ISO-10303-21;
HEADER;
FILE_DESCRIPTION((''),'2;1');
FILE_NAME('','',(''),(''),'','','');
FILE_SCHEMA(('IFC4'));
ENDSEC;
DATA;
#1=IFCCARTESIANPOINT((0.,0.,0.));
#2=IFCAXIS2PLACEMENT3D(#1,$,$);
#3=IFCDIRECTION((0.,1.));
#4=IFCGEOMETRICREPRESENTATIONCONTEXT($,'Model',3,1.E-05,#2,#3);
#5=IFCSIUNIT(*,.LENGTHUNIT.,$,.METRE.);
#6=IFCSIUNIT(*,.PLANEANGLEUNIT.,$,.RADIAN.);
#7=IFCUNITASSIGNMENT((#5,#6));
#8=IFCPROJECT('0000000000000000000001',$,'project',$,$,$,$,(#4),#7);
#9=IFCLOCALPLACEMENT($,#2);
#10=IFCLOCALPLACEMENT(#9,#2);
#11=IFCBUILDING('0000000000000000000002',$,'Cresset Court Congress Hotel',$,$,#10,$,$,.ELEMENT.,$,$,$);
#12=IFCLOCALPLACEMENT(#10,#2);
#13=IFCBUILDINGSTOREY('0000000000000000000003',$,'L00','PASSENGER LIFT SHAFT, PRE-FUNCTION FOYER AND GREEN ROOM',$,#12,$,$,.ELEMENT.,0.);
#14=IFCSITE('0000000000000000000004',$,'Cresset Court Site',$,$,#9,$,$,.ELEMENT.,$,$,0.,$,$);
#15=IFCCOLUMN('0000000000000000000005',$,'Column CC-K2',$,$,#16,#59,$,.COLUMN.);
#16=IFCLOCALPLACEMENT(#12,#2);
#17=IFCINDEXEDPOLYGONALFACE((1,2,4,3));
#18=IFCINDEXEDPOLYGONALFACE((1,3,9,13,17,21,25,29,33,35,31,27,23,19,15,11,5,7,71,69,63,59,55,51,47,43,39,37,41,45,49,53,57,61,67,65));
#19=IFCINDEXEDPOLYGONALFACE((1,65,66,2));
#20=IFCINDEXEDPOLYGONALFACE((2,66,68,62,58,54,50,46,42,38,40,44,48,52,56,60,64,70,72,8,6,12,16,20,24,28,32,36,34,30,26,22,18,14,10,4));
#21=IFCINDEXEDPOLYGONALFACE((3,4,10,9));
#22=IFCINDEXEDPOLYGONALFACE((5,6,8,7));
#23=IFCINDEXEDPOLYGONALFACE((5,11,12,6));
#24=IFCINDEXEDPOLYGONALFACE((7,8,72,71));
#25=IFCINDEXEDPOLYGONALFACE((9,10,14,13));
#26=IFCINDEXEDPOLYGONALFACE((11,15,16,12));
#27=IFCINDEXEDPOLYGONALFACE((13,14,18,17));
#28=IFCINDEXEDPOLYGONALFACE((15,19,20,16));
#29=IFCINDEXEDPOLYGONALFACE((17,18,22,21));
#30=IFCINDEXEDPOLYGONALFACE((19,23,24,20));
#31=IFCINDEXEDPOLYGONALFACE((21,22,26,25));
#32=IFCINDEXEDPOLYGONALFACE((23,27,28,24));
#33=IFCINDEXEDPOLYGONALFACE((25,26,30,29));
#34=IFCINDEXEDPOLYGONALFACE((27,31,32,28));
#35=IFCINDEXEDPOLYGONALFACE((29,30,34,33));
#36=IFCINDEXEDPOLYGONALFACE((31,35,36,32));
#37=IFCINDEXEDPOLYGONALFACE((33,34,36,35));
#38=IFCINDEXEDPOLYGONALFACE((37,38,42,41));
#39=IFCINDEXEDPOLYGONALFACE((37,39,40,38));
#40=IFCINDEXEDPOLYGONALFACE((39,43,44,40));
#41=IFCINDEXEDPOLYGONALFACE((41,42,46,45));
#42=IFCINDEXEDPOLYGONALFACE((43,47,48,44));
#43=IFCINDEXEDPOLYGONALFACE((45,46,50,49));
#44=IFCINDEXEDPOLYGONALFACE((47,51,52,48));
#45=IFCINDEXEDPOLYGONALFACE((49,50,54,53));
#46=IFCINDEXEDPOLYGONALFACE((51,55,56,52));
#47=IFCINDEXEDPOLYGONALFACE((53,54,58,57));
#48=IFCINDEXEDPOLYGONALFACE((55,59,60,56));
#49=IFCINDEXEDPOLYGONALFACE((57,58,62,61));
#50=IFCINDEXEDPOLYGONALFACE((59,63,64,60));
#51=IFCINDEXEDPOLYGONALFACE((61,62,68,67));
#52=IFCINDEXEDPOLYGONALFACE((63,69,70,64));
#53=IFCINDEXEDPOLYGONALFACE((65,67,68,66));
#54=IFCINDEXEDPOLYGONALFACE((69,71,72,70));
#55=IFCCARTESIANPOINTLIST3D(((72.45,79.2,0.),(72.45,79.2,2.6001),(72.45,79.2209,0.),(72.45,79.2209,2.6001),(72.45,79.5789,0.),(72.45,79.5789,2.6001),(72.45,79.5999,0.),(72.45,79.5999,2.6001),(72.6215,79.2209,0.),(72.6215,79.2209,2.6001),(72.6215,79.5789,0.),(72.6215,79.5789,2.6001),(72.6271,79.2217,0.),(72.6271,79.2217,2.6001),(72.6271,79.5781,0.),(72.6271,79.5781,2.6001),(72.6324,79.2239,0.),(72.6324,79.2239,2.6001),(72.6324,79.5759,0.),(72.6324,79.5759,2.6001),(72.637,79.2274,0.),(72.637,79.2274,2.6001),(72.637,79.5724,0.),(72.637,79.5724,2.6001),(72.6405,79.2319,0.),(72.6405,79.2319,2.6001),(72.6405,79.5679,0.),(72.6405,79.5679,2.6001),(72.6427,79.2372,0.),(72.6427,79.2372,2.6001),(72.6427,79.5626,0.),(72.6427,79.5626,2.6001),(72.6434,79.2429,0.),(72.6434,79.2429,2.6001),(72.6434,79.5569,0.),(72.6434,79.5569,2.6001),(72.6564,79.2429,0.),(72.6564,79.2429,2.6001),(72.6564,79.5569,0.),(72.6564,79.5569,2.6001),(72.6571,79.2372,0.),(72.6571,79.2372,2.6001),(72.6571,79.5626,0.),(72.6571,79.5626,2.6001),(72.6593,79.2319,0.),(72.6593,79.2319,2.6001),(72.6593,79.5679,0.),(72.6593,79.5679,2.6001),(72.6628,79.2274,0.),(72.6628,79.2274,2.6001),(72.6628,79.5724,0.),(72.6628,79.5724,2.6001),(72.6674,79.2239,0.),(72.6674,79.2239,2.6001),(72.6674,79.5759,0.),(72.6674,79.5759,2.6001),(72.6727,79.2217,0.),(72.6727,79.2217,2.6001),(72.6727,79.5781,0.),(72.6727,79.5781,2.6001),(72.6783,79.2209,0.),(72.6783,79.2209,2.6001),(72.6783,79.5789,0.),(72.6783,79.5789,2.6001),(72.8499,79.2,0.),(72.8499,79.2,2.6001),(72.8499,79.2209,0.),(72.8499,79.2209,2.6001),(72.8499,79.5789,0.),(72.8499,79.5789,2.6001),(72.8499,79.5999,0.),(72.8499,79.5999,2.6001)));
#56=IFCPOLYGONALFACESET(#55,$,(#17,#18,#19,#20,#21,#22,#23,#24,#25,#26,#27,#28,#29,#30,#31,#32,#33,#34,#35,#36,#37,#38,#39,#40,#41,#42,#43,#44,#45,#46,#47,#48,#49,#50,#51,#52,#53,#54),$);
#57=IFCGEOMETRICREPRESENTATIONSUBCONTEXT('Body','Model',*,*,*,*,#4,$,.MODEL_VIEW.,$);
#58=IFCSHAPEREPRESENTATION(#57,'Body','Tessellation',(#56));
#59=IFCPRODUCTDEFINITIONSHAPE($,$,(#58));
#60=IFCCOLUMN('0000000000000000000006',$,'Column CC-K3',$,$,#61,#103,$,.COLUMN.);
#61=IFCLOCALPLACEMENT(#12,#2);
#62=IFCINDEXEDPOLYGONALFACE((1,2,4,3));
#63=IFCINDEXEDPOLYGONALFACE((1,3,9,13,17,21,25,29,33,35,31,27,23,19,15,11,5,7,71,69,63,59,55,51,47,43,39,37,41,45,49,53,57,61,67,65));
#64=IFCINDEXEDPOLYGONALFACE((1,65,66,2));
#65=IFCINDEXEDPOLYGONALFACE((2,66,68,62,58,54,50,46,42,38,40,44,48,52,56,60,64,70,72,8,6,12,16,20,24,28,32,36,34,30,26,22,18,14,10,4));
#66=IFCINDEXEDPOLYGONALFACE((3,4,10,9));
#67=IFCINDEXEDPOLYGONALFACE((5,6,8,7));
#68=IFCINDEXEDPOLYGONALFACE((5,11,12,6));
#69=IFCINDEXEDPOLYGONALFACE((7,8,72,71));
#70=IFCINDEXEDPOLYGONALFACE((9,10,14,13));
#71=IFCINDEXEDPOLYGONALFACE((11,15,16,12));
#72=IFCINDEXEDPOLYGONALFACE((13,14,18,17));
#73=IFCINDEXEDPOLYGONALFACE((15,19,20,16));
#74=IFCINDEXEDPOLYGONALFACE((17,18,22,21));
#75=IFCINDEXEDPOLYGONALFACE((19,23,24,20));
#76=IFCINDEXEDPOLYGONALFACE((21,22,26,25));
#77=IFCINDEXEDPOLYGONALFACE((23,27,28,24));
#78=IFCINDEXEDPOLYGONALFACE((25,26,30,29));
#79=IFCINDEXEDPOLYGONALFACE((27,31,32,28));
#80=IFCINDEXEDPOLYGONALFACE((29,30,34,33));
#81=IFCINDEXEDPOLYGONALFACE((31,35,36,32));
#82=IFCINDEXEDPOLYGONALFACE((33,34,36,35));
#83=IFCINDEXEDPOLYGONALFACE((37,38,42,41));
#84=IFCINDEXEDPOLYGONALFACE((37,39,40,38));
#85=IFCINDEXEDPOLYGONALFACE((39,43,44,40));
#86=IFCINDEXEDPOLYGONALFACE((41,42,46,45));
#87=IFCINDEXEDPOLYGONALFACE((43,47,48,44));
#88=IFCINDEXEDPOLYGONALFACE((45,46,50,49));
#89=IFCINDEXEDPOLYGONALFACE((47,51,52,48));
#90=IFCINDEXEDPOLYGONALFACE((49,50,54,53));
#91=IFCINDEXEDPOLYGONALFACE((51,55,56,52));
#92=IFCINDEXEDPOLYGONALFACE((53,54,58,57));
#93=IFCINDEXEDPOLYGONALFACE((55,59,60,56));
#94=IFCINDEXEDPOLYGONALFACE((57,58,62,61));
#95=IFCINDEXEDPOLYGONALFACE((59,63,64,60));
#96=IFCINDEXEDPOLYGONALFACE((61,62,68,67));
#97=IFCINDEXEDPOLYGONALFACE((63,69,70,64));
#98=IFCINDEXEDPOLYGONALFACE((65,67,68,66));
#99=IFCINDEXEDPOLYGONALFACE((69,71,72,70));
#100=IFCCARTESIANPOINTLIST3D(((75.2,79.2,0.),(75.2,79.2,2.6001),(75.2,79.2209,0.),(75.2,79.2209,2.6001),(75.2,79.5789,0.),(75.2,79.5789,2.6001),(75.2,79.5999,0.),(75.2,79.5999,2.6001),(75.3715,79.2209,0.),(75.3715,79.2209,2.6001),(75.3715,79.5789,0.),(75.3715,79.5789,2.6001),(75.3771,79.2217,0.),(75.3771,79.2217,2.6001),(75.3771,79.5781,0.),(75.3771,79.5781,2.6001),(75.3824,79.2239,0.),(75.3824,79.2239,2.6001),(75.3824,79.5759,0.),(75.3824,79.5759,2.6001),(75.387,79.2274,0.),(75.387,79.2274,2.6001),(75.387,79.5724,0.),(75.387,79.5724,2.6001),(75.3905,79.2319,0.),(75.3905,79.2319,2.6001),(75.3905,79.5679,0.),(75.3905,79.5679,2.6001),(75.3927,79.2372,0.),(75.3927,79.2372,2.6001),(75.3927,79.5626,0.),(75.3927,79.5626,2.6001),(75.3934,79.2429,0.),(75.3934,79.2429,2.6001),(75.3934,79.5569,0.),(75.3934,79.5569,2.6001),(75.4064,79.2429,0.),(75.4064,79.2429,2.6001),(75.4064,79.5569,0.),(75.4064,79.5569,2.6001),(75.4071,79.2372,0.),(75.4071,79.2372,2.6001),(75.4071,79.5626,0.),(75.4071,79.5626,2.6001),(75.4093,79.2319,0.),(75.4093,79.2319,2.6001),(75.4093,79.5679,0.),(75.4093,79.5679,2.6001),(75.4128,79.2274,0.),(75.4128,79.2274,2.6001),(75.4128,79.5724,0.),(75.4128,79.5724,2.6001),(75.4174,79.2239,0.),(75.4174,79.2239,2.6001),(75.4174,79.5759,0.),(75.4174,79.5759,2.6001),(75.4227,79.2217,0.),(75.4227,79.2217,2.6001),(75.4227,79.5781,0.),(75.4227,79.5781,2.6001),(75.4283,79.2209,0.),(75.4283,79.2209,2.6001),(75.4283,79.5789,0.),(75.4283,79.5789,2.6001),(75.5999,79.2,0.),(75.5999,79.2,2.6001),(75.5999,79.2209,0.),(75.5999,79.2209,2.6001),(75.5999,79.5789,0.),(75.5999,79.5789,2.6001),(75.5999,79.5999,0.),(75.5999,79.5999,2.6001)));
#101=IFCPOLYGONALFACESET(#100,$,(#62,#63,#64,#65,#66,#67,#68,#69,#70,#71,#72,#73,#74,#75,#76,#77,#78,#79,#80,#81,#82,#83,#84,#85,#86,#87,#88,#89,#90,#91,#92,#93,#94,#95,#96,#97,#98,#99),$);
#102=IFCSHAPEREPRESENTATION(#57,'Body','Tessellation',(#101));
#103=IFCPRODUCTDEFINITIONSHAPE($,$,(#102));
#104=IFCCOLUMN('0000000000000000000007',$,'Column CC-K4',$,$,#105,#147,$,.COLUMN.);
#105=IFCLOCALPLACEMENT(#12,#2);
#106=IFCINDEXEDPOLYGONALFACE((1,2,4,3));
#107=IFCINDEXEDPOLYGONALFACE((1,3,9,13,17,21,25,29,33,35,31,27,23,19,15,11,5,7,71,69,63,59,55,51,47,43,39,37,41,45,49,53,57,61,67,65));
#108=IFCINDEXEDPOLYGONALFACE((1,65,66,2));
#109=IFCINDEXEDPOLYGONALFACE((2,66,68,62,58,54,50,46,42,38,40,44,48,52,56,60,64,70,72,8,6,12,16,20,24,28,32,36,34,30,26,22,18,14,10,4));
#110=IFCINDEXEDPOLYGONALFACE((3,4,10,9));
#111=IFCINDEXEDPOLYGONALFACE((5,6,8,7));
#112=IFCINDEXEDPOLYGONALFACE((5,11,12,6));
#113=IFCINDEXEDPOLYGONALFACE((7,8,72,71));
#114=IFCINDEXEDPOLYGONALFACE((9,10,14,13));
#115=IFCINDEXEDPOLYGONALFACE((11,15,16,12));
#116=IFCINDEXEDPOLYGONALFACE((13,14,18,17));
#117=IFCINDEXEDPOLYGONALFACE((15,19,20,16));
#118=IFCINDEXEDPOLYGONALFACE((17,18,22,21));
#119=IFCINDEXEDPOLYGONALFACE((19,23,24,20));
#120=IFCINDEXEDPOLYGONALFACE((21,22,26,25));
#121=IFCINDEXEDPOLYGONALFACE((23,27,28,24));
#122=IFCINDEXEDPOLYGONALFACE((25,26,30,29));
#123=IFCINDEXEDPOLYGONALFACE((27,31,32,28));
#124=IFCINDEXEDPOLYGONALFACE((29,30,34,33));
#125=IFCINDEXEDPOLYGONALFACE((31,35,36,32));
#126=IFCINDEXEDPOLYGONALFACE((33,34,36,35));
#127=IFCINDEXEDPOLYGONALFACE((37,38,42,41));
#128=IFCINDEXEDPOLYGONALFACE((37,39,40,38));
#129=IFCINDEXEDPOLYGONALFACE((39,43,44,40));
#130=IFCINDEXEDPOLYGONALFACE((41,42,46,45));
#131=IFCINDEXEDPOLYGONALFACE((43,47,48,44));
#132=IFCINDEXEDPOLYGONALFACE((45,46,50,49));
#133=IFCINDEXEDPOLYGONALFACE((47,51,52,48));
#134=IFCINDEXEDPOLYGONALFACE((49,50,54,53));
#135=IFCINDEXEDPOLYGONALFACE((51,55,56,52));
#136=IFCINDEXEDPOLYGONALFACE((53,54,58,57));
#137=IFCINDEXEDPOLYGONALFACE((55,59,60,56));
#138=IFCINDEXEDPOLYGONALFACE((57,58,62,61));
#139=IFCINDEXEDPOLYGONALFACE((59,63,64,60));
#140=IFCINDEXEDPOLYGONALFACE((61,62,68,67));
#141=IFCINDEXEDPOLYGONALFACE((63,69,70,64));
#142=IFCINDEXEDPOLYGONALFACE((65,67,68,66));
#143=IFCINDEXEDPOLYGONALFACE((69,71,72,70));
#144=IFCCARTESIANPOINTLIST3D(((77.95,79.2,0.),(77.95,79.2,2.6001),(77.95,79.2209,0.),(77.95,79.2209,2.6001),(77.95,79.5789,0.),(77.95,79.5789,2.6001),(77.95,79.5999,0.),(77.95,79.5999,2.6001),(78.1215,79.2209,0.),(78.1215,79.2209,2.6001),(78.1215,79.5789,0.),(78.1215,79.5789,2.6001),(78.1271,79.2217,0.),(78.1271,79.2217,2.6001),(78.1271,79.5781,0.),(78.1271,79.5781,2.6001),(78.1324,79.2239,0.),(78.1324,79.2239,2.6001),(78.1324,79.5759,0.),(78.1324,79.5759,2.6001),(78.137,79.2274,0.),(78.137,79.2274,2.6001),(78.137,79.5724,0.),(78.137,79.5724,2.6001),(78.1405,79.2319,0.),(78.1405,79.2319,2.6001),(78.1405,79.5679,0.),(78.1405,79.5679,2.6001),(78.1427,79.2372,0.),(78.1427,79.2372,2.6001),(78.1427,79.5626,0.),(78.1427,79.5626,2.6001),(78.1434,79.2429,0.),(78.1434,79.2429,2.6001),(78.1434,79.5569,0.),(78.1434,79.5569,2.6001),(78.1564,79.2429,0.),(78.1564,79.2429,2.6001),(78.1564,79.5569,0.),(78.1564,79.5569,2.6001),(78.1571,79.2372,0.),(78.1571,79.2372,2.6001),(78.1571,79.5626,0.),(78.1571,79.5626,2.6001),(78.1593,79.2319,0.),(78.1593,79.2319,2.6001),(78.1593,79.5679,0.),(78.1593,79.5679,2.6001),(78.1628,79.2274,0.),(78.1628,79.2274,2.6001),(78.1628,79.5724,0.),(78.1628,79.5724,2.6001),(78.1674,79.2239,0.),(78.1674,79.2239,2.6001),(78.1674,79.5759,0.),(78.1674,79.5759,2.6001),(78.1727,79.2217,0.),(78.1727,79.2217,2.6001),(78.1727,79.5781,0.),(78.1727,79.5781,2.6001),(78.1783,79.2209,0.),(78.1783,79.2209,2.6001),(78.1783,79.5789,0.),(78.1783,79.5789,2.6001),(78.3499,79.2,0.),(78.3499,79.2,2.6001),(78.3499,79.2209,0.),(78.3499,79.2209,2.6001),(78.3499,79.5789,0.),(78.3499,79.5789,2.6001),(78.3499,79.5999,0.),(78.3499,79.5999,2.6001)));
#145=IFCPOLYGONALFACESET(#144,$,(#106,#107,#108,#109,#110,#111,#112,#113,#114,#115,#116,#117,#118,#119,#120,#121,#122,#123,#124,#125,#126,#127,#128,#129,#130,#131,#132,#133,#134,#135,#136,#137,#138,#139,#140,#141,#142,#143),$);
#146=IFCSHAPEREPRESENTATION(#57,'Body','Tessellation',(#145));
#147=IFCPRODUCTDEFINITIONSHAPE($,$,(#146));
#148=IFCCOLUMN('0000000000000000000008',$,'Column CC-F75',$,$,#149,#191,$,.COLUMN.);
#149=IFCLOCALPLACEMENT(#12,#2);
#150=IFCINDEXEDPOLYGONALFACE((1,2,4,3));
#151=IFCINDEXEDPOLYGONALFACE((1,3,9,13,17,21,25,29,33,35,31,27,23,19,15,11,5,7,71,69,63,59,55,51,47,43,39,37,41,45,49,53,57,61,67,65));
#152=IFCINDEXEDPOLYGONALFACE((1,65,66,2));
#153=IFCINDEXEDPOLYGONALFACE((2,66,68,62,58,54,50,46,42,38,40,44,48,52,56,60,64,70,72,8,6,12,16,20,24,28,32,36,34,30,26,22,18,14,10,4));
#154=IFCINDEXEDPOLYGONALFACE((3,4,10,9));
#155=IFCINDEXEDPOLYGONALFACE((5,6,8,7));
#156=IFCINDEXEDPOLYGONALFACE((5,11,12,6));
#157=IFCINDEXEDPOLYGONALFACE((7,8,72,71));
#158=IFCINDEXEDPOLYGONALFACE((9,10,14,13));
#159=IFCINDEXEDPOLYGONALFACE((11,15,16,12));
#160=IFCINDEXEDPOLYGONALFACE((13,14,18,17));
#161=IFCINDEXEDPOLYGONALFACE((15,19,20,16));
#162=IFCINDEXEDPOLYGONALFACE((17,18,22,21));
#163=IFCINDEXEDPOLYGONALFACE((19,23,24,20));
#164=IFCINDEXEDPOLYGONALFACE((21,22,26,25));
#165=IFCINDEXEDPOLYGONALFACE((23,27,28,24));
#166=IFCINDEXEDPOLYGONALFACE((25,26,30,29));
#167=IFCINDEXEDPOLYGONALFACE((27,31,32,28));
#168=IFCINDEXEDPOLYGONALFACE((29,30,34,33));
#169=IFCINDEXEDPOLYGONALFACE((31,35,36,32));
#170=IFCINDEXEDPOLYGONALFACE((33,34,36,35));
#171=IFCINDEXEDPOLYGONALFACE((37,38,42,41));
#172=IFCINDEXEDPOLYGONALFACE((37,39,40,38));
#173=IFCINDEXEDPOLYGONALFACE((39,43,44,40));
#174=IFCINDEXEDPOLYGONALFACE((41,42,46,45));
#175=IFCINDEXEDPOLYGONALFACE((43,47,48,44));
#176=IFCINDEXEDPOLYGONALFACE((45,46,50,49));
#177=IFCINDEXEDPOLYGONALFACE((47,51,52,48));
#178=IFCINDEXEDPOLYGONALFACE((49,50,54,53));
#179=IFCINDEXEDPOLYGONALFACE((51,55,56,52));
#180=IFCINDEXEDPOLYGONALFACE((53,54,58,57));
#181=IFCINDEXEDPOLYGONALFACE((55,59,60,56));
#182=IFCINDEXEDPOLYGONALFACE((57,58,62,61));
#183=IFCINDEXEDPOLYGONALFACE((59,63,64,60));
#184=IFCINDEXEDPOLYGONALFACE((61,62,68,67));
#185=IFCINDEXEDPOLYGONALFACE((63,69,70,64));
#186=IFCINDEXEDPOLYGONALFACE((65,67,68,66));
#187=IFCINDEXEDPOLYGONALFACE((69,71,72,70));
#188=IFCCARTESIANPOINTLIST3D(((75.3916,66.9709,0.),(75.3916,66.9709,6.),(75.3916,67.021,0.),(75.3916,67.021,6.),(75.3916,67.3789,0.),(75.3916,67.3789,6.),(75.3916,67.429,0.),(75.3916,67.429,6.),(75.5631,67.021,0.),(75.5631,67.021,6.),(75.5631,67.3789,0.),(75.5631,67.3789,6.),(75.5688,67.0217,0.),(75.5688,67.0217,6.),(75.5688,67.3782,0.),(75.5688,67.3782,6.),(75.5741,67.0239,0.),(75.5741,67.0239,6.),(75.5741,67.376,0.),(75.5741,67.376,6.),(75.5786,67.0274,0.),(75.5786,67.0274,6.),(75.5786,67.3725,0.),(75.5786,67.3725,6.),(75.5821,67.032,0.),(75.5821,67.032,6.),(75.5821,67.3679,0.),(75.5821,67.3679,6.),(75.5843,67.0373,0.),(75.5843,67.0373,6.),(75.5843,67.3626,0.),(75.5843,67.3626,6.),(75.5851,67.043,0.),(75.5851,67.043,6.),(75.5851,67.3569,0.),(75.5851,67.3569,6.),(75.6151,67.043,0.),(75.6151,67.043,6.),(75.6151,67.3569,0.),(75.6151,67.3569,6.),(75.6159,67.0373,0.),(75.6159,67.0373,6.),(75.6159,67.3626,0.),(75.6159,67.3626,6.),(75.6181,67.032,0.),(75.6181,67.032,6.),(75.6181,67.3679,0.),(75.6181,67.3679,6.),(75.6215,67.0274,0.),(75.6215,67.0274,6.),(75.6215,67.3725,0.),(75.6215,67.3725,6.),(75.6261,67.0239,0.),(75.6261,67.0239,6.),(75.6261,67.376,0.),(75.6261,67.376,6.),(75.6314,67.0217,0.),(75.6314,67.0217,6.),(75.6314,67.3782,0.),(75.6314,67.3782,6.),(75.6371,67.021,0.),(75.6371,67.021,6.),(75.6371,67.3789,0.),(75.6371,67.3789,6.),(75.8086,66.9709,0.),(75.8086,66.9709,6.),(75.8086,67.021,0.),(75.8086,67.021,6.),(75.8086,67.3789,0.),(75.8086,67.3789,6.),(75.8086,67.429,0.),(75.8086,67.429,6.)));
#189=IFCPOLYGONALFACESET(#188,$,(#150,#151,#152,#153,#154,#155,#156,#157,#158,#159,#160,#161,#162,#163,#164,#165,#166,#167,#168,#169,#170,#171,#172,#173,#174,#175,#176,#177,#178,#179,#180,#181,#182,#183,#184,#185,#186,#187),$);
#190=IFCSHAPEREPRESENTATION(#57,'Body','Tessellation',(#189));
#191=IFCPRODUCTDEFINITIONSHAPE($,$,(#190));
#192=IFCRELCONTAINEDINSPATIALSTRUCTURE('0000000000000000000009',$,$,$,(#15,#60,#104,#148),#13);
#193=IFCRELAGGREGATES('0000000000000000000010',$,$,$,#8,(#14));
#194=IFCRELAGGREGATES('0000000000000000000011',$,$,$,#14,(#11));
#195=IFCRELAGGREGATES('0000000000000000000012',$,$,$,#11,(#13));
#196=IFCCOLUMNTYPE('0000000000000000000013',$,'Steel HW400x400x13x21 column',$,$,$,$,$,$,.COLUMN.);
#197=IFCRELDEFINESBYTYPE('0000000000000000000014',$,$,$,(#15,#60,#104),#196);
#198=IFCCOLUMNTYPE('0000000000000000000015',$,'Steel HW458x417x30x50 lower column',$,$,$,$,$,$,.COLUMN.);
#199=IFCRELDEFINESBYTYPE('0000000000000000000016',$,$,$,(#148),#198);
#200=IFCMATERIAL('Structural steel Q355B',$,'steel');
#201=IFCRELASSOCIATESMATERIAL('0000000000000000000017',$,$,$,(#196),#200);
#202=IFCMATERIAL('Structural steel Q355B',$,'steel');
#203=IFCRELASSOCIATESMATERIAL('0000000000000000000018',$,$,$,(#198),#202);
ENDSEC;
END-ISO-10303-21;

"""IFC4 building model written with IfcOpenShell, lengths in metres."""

from ifc_helpers import new_model, si_unit, direction, frame, origin, origin_2d, place, context, subcontext, project, spatial, i_section, extrude, material, material_profile, profile_set, type_object, element, save


model = new_model("IFC4")

# Units and contexts
model_context = context("Model", 3, precision=1e-05, world=origin(), true_north=direction((0.0, 1.0)))
body_context = subcontext(model_context, "Body", "Model", "MODEL_VIEW")
ifc_project = project(units=[si_unit("LENGTHUNIT", "METRE"), si_unit("PLANEANGLEUNIT", "RADIAN")], contexts=[model_context])

# Site, building, storey
site_placement = place(None, origin())
site = spatial("IfcSite", under=ifc_project, at=site_placement, Name="Cresset Court Site", CompositionType="ELEMENT", RefElevation=0.0)
building_placement = place(site_placement, origin())
building = spatial("IfcBuilding", under=site, at=building_placement, Name="Cresset Court Congress Hotel", CompositionType="ELEMENT")
storey_placement = place(building_placement, origin())
storey = spatial("IfcBuildingStorey", under=building, at=storey_placement, Name="L00", Description="PASSENGER LIFT SHAFT, PRE-FUNCTION FOYER AND GREEN ROOM", CompositionType="ELEMENT", Elevation=0.0)

# Columns
ifc_material_1 = material(Name="Structural steel Q355B", Category="steel")
ifc_material_profile_1 = material_profile(ifc_material_1, i_section(OverallWidth=0.3999, OverallDepth=0.3999, WebThickness=0.0129, FlangeThickness=0.021, FilletRadius=0.022, at=origin_2d()), Name="HW400x400x13x21")
ifc_profile_set_1 = profile_set([ifc_material_profile_1], Name="Structural steel Q355B")
column_type_1 = type_object("IfcColumnType", Name="Steel HW400x400x13x21 column", PredefinedType="COLUMN", material=ifc_profile_set_1)
for number, where, z_axis, x_axis, name in (
    (1, (72.6499, 79.3999, 0.0), (0.0, 0.0, 1.0), (1.0, 0.0, 0.0), "Column CC-K2"),
    (2, (75.3999, 79.3999, 0.0), (0.0, 0.0, 1.0), (1.0, 0.0, 0.0), "Column CC-K3"),
    (3, (78.1499, 79.3999, 0.0), (0.0, 0.0, 1.0), (1.0, 0.0, 0.0), "Column CC-K4"),
):
    element("IfcColumn", number, at=place(storey_placement, frame(where, z_axis=z_axis, x_axis=x_axis)), inside=storey, type_object=column_type_1, Name=name, PredefinedType="COLUMN", context=body_context, shape_type="SweptSolid", body=[
        extrude(i_section(OverallWidth=0.3999, OverallDepth=0.3999, WebThickness=0.0129, FlangeThickness=0.021, FilletRadius=0.022, at=origin_2d()), origin(), (0.0, 0.0, 1.0), 2.6001),
    ])
ifc_material_2 = material(Name="Structural steel Q355B", Category="steel")
ifc_material_profile_2 = material_profile(ifc_material_2, i_section(OverallWidth=0.417, OverallDepth=0.458, WebThickness=0.03, FlangeThickness=0.05, FilletRadius=0.022, at=origin_2d()), Name="HW458x417x30x50")
ifc_profile_set_2 = profile_set([ifc_material_profile_2], Name="Structural steel Q355B")
column_type_2 = type_object("IfcColumnType", Name="Steel HW458x417x30x50 lower column", PredefinedType="COLUMN", material=ifc_profile_set_2)
column_placement = place(storey_placement, frame((75.6001, 67.2, 0.0), z_axis=(0.0, 0.0, 1.0), x_axis=(1.0, 0.0, 0.0)))
element("IfcColumn", 4, at=column_placement, inside=storey, type_object=column_type_2, Name="Column CC-F75", PredefinedType="COLUMN", context=body_context, shape_type="SweptSolid", body=[
    extrude(i_section(OverallWidth=0.417, OverallDepth=0.458, WebThickness=0.03, FlangeThickness=0.05, FilletRadius=0.022, at=origin_2d()), origin(), (0.0, 0.0, 1.0), 6.0),
])

save(model, "model.ifc")
